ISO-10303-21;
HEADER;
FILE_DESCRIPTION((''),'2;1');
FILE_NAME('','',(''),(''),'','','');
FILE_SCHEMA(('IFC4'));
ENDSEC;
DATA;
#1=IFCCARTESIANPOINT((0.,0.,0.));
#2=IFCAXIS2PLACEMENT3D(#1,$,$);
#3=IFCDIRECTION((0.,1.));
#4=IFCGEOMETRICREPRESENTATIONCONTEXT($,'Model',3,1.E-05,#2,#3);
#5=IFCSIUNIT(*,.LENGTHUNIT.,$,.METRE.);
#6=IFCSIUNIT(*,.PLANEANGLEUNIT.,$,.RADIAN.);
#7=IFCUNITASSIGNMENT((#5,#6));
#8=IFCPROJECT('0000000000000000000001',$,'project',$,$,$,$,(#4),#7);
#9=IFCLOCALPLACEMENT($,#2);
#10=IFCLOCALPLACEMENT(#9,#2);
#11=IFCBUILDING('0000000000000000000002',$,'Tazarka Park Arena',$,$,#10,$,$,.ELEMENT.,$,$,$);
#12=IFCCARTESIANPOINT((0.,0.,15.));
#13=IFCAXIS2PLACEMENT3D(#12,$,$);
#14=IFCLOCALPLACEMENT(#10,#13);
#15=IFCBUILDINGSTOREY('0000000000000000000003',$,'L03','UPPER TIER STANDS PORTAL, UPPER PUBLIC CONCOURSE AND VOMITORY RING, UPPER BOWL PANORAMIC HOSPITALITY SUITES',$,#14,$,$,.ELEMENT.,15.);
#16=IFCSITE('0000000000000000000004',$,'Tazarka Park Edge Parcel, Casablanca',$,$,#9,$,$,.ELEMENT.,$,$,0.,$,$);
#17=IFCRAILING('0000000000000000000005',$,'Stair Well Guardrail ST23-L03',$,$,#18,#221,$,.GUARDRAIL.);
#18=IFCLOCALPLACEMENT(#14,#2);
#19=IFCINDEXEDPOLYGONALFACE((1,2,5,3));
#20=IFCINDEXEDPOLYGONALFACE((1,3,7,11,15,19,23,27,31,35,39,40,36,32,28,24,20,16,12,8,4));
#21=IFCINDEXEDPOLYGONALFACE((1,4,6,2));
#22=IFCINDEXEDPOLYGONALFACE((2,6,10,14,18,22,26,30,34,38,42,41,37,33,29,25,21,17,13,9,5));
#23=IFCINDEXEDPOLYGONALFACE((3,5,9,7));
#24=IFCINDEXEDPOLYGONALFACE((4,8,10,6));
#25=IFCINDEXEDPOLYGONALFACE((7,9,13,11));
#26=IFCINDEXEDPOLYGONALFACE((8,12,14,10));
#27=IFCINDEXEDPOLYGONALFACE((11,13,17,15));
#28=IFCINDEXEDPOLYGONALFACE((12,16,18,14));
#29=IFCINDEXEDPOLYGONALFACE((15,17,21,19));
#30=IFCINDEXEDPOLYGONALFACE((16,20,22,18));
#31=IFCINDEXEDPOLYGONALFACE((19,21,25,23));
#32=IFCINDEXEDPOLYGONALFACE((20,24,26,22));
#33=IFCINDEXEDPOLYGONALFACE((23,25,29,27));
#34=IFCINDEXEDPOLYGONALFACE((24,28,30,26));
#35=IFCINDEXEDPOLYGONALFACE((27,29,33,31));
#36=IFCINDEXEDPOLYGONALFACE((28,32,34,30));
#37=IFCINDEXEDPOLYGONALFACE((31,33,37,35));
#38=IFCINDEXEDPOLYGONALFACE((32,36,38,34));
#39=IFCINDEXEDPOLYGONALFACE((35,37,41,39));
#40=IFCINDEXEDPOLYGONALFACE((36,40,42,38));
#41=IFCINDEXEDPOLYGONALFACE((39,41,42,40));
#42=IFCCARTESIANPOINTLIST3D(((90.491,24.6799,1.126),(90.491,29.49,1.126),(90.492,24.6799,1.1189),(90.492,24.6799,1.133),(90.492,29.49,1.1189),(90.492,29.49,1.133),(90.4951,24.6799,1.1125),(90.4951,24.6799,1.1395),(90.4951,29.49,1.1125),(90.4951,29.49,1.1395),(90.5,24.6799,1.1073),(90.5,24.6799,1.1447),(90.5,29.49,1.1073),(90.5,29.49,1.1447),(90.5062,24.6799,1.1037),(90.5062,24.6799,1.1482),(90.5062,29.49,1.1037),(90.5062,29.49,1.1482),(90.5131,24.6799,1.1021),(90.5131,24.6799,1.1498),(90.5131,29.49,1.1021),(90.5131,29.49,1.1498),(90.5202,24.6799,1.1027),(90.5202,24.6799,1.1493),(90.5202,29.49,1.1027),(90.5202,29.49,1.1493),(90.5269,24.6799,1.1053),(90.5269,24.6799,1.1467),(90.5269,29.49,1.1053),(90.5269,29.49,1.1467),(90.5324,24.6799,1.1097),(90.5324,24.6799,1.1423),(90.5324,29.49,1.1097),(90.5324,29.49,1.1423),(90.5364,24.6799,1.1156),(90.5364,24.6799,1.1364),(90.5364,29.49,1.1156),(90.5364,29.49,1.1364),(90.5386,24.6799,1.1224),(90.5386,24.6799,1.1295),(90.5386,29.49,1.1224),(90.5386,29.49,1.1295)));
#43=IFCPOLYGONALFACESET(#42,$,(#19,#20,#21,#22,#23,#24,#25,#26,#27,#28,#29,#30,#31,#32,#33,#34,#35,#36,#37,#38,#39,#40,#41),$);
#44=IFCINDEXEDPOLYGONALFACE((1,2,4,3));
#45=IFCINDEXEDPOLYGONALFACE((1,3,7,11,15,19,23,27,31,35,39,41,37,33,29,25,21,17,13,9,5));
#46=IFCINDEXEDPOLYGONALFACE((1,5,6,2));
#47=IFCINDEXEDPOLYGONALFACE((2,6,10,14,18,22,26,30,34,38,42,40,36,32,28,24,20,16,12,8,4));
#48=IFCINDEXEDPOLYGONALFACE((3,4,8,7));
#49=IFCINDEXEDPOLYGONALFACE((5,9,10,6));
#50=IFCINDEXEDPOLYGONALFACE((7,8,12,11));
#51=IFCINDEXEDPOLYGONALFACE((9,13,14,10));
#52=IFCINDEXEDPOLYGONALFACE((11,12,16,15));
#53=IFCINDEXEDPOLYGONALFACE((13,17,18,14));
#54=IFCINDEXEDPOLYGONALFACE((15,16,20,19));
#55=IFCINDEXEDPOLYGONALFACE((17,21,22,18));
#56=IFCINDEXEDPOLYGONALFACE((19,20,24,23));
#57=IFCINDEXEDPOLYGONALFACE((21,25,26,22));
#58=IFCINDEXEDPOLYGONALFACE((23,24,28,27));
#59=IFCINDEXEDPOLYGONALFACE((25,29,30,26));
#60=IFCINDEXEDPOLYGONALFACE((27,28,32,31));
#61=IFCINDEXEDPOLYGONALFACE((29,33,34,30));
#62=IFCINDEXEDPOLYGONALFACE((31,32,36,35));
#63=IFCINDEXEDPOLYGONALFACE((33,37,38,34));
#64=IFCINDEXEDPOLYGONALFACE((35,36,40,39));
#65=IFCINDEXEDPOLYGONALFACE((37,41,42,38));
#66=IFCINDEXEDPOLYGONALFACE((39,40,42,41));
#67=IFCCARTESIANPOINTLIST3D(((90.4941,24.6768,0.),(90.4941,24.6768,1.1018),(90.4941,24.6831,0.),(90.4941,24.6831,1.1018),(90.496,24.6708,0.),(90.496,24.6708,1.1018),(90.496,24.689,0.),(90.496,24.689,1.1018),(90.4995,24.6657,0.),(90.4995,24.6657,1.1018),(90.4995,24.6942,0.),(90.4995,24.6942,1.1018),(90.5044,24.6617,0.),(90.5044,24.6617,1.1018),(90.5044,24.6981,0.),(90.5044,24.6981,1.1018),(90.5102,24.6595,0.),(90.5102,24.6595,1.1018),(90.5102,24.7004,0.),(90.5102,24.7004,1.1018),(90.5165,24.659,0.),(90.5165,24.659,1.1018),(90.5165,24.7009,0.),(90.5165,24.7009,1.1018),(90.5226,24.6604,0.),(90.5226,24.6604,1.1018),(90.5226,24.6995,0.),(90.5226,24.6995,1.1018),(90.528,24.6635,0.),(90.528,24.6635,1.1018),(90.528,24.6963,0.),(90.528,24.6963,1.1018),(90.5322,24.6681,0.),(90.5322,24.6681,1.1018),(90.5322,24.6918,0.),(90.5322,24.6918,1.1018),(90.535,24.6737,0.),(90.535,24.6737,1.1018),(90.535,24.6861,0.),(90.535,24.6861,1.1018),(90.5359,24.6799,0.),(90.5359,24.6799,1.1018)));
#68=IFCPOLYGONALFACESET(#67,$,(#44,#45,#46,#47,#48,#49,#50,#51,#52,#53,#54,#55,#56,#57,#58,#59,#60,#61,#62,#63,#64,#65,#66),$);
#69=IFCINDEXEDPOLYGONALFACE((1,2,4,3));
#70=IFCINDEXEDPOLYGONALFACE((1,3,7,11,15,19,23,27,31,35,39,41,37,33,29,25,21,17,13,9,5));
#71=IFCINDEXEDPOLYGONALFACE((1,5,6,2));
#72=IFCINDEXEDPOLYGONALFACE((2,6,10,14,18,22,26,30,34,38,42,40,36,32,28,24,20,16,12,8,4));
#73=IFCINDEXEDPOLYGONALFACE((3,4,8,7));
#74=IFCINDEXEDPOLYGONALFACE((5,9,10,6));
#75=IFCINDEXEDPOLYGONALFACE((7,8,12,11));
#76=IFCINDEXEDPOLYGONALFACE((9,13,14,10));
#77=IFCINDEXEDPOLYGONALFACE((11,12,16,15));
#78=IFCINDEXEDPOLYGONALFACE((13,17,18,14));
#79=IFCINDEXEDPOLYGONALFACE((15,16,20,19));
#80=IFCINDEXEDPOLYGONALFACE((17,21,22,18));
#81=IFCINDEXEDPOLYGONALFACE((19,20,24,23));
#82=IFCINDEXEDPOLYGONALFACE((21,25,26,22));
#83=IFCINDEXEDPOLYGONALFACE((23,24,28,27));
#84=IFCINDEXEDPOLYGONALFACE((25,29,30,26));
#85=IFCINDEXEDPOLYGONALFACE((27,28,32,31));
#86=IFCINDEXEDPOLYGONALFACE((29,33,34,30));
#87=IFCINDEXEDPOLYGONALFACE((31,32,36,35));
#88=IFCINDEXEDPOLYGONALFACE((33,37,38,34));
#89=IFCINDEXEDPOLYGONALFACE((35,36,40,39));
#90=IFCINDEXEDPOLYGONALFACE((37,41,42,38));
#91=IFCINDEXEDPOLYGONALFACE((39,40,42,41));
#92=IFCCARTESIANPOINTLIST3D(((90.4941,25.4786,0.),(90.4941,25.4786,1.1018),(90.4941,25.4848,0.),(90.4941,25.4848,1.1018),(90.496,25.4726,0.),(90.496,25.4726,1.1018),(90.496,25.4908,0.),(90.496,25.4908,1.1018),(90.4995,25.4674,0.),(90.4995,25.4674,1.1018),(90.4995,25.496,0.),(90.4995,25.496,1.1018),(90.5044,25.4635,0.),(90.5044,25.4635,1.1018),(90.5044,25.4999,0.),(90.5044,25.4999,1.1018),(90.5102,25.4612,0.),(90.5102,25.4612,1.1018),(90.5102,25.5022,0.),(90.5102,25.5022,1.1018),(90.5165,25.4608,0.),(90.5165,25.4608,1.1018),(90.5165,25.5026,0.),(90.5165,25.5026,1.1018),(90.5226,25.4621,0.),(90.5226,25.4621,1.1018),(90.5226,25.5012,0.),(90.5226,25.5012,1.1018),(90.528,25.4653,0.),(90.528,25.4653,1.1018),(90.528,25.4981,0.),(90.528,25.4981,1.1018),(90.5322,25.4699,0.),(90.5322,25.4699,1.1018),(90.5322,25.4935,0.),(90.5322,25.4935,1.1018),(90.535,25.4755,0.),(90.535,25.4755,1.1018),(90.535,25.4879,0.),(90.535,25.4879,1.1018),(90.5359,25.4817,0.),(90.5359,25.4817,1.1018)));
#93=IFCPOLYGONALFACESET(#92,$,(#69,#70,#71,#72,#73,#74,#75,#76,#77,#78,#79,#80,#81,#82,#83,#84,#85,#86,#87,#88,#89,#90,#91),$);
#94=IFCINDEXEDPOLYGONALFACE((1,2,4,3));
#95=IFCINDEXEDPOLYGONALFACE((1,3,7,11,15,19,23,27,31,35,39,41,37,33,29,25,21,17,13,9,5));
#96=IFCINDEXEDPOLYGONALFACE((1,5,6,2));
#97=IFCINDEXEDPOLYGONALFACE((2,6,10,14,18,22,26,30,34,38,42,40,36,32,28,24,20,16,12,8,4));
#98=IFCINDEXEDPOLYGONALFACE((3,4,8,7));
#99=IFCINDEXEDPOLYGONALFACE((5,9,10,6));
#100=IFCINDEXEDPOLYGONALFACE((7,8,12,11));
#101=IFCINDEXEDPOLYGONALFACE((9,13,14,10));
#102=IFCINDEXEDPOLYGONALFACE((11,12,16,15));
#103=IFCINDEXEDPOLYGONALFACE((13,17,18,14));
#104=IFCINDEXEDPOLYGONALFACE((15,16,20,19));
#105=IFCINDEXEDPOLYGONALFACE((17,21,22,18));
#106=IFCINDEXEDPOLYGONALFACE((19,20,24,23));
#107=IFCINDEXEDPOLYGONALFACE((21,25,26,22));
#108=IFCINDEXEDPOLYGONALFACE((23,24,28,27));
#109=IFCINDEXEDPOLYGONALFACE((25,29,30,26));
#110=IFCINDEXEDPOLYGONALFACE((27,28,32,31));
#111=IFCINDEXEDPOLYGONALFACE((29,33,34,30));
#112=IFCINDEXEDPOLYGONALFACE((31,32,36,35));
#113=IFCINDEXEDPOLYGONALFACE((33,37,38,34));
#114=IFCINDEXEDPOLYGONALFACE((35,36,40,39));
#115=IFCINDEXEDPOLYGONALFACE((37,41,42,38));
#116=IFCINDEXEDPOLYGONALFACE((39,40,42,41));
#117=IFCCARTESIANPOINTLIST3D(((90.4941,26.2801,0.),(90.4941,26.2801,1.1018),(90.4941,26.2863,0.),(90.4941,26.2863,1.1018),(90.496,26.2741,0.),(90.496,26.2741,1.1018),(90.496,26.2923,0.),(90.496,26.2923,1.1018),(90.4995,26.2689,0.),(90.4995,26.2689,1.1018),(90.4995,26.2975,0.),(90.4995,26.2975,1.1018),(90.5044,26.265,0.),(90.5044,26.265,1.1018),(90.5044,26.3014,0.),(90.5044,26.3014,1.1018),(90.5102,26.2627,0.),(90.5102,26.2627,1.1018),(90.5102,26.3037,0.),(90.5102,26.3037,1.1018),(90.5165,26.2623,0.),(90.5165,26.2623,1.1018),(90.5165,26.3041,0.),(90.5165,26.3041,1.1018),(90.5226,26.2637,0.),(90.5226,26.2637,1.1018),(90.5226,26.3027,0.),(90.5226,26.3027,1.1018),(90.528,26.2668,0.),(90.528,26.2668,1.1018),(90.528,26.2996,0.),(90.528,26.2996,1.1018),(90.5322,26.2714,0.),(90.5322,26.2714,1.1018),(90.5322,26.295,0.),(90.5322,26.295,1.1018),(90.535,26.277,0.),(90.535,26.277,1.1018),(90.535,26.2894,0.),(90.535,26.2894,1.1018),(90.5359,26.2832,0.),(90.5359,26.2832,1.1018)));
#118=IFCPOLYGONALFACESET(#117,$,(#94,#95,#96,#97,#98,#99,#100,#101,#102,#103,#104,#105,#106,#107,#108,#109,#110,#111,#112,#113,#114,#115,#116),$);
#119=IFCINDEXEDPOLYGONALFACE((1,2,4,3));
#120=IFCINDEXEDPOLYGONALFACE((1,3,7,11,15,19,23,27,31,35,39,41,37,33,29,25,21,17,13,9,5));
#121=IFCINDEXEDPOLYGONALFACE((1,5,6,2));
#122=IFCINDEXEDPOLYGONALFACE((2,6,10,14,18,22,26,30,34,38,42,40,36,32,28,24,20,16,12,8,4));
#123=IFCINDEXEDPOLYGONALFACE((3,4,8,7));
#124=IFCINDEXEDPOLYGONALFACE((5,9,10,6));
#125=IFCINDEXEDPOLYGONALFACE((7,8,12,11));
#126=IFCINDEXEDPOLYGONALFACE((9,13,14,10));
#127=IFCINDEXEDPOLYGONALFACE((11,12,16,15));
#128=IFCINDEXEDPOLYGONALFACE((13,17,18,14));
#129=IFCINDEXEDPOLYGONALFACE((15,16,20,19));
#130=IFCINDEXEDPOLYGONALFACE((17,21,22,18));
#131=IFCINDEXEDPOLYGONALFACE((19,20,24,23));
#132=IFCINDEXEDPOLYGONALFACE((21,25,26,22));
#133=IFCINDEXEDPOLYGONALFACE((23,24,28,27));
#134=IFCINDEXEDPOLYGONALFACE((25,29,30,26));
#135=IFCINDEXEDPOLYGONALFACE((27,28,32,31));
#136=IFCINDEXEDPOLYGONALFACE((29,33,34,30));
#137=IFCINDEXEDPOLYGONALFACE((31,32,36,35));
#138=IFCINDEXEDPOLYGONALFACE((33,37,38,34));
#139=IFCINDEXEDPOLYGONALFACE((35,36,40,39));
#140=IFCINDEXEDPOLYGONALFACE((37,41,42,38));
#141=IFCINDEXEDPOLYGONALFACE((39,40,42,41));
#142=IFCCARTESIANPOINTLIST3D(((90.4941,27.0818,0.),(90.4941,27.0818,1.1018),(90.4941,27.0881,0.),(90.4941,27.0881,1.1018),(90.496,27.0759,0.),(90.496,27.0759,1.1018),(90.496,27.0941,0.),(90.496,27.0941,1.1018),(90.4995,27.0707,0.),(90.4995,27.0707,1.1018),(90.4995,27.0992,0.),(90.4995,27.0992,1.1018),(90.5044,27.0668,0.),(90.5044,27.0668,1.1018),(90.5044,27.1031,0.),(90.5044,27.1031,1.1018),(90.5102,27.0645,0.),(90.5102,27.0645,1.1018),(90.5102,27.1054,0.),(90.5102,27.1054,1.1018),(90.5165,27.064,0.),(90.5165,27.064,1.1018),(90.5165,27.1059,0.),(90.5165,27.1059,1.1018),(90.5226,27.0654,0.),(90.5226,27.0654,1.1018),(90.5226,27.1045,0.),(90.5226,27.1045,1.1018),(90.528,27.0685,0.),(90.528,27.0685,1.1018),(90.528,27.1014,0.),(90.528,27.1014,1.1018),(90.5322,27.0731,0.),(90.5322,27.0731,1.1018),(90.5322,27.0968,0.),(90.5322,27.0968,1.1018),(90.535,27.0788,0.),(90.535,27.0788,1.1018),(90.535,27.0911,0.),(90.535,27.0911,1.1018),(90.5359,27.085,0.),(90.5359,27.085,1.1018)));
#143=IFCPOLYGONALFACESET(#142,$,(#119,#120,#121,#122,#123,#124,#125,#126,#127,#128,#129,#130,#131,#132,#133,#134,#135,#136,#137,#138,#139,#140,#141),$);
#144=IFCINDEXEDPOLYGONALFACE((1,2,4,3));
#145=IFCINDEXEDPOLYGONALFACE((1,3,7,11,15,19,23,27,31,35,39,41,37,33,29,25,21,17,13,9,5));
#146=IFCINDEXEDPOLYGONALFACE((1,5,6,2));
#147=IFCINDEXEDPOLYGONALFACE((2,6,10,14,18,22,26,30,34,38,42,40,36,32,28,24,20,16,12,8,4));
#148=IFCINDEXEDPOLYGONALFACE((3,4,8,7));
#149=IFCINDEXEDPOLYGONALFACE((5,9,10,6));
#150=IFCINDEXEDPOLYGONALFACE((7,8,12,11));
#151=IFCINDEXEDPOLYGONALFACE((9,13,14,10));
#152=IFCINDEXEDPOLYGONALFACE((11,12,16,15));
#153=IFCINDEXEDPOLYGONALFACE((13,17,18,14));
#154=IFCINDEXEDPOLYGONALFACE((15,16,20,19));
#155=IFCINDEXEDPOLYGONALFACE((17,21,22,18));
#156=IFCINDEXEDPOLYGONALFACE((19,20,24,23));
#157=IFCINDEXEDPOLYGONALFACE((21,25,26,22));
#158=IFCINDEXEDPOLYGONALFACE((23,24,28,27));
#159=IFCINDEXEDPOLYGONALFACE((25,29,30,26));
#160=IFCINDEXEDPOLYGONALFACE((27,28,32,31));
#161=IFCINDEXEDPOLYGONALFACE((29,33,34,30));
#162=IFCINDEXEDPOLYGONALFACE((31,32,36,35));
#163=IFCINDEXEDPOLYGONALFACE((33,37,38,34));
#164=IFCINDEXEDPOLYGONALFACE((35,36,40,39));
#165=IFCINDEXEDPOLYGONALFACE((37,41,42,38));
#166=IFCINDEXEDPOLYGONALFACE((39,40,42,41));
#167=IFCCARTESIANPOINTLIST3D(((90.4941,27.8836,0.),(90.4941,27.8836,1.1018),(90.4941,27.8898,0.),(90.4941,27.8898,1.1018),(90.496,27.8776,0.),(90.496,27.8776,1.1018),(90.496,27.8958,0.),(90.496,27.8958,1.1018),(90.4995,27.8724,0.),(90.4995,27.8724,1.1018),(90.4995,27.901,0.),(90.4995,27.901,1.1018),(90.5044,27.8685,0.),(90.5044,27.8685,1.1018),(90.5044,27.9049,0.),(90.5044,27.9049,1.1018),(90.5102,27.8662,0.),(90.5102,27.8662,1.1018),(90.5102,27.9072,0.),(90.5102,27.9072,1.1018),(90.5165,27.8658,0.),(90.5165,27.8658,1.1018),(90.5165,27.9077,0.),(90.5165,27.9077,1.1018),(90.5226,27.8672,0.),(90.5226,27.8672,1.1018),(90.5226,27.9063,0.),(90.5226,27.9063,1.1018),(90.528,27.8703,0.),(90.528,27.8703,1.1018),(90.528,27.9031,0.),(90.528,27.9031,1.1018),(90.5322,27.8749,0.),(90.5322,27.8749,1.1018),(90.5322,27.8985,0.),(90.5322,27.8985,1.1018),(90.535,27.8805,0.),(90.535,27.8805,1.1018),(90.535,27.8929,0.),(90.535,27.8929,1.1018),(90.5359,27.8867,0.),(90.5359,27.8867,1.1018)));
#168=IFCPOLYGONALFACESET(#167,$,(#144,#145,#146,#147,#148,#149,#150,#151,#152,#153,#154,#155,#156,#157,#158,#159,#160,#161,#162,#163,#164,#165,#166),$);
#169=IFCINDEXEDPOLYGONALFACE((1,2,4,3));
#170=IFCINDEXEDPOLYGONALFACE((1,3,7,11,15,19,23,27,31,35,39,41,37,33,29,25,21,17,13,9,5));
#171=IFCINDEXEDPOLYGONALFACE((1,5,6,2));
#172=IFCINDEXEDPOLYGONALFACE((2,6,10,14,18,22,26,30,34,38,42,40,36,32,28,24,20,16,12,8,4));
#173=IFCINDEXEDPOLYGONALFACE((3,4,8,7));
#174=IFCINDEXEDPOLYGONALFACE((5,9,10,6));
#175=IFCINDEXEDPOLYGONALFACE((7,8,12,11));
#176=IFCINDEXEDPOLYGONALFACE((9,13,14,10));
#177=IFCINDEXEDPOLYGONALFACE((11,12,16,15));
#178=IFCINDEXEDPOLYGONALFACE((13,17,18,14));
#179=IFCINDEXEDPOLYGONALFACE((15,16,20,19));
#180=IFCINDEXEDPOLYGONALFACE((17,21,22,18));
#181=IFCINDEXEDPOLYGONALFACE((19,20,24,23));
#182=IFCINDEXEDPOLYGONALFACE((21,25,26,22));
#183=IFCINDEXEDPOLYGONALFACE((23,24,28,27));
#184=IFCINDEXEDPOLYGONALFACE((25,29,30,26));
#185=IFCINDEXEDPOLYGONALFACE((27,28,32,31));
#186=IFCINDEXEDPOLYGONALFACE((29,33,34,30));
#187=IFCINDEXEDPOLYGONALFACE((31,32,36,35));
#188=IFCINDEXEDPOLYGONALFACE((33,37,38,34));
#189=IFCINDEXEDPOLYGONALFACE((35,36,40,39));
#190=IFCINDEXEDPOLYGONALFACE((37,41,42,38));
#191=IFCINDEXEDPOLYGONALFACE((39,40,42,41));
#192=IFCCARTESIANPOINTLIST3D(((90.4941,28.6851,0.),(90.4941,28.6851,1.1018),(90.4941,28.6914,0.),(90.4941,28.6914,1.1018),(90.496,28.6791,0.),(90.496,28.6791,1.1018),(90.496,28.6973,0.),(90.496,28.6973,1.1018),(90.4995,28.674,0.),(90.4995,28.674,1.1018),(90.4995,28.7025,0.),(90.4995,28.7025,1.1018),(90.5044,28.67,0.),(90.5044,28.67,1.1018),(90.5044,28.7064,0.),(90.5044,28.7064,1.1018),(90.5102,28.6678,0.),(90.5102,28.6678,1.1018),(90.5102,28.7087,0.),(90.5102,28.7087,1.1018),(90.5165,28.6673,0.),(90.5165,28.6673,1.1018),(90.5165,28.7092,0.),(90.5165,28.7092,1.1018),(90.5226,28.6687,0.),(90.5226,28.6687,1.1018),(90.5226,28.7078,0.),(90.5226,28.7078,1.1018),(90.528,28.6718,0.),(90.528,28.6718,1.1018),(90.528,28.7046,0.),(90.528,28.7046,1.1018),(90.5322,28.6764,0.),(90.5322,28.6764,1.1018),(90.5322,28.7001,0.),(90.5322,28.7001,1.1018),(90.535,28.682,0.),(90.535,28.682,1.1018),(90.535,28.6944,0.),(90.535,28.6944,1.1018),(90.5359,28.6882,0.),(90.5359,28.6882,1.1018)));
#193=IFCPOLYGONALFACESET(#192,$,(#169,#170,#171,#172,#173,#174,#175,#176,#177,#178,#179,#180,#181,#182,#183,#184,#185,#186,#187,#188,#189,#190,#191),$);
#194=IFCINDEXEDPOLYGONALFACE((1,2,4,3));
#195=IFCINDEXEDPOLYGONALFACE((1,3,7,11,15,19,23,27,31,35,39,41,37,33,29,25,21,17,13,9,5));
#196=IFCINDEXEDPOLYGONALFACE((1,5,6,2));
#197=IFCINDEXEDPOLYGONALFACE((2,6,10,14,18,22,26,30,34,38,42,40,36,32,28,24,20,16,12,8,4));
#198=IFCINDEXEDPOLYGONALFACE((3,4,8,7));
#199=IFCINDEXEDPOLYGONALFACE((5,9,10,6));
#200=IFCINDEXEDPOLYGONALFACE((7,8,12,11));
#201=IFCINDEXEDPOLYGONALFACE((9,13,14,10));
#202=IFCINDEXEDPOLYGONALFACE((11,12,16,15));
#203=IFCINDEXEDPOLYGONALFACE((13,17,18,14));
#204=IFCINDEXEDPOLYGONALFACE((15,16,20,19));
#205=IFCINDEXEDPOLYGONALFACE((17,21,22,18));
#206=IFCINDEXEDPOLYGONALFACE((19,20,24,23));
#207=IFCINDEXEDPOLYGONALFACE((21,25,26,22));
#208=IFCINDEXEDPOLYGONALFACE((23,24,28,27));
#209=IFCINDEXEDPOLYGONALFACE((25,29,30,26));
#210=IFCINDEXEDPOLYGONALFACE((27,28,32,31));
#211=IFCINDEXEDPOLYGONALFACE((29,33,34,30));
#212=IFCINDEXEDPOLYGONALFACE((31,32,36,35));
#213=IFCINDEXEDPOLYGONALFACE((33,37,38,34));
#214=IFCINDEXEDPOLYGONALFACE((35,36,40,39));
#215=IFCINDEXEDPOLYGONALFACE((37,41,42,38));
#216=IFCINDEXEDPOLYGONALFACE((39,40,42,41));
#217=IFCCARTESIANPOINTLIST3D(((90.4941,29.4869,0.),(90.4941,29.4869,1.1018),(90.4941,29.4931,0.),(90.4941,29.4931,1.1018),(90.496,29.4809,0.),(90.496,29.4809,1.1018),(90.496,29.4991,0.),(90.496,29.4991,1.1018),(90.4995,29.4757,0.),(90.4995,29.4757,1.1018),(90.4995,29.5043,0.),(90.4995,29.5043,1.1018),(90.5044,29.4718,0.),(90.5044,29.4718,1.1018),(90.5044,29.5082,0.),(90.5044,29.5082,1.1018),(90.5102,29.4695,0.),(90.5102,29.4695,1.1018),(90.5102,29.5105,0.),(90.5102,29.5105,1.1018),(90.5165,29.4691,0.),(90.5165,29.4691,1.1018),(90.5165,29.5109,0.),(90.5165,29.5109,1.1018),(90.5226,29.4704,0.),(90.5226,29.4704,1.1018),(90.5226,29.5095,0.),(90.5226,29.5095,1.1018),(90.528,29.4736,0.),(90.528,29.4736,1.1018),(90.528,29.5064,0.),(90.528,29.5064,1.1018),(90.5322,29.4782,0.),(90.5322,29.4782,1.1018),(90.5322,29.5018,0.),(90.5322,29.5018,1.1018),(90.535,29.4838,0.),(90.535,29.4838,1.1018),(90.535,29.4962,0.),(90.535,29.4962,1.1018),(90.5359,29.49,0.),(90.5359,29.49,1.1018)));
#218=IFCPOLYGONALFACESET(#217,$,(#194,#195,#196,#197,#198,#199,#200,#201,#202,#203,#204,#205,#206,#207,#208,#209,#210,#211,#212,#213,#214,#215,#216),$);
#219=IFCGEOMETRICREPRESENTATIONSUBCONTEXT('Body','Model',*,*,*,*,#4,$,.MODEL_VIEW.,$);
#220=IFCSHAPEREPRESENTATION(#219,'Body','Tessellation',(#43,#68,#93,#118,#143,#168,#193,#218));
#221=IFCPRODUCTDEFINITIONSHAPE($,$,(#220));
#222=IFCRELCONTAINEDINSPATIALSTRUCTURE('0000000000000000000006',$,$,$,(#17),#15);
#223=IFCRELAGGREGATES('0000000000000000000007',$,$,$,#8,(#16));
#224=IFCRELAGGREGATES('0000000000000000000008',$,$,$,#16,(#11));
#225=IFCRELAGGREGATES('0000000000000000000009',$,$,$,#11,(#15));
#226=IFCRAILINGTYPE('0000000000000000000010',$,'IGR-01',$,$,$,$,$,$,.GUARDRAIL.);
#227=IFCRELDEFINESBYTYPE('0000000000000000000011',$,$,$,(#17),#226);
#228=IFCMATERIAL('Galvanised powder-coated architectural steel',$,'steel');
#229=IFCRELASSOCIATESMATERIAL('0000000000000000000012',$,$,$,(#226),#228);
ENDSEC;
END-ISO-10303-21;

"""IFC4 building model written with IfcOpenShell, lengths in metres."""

from ifc_helpers import new_model, si_unit, direction, frame, origin, origin_2d, place, context, subcontext, project, spatial, circle, extrude, material, type_object, element, save


model = new_model("IFC4")

# Units and contexts
model_context = context("Model", 3, precision=1e-05, world=origin(), true_north=direction((0.0, 1.0)))
body_context = subcontext(model_context, "Body", "Model", "MODEL_VIEW")
ifc_project = project(units=[si_unit("LENGTHUNIT", "METRE"), si_unit("PLANEANGLEUNIT", "RADIAN")], contexts=[model_context])

# Site, building, storey
site_placement = place(None, origin())
site = spatial("IfcSite", under=ifc_project, at=site_placement, Name="Tazarka Park Edge Parcel, Casablanca", CompositionType="ELEMENT", RefElevation=0.0)
building_placement = place(site_placement, origin())
building = spatial("IfcBuilding", under=site, at=building_placement, Name="Tazarka Park Arena", CompositionType="ELEMENT")
storey_placement = place(building_placement, frame((0.0, 0.0, 15.0)))
storey = spatial("IfcBuildingStorey", under=building, at=storey_placement, Name="L03", Description="UPPER TIER STANDS PORTAL, UPPER PUBLIC CONCOURSE AND VOMITORY RING, UPPER BOWL PANORAMIC HOSPITALITY SUITES", CompositionType="ELEMENT", Elevation=15.0)

# Railing
ifc_material_1 = material(Name="Galvanised powder-coated architectural steel", Category="steel")
railing_type = type_object("IfcRailingType", Name="IGR-01", PredefinedType="GUARDRAIL", material=ifc_material_1)
railing_placement = place(storey_placement, frame((90.5149, 24.6799, 0.0)))
element("IfcRailing", 1, at=railing_placement, inside=storey, type_object=railing_type, Name="Stair Well Guardrail ST23-L03", PredefinedType="GUARDRAIL", context=body_context, shape_type="SweptSolid", body=[
    extrude(circle(Radius=0.0239, at=origin_2d()), frame((0.0, 0.0, 1.126), z_axis=(0.0, 1.0, 0.0), x_axis=(-1.0, 0.0, 0.0)), (0.0, 0.0, 1.0), 4.8101),
    extrude(circle(Radius=0.021, at=origin_2d()), origin(), (0.0, 0.0, 1.0), 1.1018),
    extrude(circle(Radius=0.021, at=origin_2d()), frame((0.0, 0.8018, 0.0)), (0.0, 0.0, 1.0), 1.1018),
    extrude(circle(Radius=0.021, at=origin_2d()), frame((0.0, 1.6033, 0.0)), (0.0, 0.0, 1.0), 1.1018),
    extrude(circle(Radius=0.021, at=origin_2d()), frame((0.0, 2.405, 0.0)), (0.0, 0.0, 1.0), 1.1018),
    extrude(circle(Radius=0.021, at=origin_2d()), frame((0.0, 3.2068, 0.0)), (0.0, 0.0, 1.0), 1.1018),
    extrude(circle(Radius=0.021, at=origin_2d()), frame((0.0, 4.0083, 0.0)), (0.0, 0.0, 1.0), 1.1018),
    extrude(circle(Radius=0.021, at=origin_2d()), frame((0.0, 4.8101, 0.0)), (0.0, 0.0, 1.0), 1.1018),
])

save(model, "model.ifc")
